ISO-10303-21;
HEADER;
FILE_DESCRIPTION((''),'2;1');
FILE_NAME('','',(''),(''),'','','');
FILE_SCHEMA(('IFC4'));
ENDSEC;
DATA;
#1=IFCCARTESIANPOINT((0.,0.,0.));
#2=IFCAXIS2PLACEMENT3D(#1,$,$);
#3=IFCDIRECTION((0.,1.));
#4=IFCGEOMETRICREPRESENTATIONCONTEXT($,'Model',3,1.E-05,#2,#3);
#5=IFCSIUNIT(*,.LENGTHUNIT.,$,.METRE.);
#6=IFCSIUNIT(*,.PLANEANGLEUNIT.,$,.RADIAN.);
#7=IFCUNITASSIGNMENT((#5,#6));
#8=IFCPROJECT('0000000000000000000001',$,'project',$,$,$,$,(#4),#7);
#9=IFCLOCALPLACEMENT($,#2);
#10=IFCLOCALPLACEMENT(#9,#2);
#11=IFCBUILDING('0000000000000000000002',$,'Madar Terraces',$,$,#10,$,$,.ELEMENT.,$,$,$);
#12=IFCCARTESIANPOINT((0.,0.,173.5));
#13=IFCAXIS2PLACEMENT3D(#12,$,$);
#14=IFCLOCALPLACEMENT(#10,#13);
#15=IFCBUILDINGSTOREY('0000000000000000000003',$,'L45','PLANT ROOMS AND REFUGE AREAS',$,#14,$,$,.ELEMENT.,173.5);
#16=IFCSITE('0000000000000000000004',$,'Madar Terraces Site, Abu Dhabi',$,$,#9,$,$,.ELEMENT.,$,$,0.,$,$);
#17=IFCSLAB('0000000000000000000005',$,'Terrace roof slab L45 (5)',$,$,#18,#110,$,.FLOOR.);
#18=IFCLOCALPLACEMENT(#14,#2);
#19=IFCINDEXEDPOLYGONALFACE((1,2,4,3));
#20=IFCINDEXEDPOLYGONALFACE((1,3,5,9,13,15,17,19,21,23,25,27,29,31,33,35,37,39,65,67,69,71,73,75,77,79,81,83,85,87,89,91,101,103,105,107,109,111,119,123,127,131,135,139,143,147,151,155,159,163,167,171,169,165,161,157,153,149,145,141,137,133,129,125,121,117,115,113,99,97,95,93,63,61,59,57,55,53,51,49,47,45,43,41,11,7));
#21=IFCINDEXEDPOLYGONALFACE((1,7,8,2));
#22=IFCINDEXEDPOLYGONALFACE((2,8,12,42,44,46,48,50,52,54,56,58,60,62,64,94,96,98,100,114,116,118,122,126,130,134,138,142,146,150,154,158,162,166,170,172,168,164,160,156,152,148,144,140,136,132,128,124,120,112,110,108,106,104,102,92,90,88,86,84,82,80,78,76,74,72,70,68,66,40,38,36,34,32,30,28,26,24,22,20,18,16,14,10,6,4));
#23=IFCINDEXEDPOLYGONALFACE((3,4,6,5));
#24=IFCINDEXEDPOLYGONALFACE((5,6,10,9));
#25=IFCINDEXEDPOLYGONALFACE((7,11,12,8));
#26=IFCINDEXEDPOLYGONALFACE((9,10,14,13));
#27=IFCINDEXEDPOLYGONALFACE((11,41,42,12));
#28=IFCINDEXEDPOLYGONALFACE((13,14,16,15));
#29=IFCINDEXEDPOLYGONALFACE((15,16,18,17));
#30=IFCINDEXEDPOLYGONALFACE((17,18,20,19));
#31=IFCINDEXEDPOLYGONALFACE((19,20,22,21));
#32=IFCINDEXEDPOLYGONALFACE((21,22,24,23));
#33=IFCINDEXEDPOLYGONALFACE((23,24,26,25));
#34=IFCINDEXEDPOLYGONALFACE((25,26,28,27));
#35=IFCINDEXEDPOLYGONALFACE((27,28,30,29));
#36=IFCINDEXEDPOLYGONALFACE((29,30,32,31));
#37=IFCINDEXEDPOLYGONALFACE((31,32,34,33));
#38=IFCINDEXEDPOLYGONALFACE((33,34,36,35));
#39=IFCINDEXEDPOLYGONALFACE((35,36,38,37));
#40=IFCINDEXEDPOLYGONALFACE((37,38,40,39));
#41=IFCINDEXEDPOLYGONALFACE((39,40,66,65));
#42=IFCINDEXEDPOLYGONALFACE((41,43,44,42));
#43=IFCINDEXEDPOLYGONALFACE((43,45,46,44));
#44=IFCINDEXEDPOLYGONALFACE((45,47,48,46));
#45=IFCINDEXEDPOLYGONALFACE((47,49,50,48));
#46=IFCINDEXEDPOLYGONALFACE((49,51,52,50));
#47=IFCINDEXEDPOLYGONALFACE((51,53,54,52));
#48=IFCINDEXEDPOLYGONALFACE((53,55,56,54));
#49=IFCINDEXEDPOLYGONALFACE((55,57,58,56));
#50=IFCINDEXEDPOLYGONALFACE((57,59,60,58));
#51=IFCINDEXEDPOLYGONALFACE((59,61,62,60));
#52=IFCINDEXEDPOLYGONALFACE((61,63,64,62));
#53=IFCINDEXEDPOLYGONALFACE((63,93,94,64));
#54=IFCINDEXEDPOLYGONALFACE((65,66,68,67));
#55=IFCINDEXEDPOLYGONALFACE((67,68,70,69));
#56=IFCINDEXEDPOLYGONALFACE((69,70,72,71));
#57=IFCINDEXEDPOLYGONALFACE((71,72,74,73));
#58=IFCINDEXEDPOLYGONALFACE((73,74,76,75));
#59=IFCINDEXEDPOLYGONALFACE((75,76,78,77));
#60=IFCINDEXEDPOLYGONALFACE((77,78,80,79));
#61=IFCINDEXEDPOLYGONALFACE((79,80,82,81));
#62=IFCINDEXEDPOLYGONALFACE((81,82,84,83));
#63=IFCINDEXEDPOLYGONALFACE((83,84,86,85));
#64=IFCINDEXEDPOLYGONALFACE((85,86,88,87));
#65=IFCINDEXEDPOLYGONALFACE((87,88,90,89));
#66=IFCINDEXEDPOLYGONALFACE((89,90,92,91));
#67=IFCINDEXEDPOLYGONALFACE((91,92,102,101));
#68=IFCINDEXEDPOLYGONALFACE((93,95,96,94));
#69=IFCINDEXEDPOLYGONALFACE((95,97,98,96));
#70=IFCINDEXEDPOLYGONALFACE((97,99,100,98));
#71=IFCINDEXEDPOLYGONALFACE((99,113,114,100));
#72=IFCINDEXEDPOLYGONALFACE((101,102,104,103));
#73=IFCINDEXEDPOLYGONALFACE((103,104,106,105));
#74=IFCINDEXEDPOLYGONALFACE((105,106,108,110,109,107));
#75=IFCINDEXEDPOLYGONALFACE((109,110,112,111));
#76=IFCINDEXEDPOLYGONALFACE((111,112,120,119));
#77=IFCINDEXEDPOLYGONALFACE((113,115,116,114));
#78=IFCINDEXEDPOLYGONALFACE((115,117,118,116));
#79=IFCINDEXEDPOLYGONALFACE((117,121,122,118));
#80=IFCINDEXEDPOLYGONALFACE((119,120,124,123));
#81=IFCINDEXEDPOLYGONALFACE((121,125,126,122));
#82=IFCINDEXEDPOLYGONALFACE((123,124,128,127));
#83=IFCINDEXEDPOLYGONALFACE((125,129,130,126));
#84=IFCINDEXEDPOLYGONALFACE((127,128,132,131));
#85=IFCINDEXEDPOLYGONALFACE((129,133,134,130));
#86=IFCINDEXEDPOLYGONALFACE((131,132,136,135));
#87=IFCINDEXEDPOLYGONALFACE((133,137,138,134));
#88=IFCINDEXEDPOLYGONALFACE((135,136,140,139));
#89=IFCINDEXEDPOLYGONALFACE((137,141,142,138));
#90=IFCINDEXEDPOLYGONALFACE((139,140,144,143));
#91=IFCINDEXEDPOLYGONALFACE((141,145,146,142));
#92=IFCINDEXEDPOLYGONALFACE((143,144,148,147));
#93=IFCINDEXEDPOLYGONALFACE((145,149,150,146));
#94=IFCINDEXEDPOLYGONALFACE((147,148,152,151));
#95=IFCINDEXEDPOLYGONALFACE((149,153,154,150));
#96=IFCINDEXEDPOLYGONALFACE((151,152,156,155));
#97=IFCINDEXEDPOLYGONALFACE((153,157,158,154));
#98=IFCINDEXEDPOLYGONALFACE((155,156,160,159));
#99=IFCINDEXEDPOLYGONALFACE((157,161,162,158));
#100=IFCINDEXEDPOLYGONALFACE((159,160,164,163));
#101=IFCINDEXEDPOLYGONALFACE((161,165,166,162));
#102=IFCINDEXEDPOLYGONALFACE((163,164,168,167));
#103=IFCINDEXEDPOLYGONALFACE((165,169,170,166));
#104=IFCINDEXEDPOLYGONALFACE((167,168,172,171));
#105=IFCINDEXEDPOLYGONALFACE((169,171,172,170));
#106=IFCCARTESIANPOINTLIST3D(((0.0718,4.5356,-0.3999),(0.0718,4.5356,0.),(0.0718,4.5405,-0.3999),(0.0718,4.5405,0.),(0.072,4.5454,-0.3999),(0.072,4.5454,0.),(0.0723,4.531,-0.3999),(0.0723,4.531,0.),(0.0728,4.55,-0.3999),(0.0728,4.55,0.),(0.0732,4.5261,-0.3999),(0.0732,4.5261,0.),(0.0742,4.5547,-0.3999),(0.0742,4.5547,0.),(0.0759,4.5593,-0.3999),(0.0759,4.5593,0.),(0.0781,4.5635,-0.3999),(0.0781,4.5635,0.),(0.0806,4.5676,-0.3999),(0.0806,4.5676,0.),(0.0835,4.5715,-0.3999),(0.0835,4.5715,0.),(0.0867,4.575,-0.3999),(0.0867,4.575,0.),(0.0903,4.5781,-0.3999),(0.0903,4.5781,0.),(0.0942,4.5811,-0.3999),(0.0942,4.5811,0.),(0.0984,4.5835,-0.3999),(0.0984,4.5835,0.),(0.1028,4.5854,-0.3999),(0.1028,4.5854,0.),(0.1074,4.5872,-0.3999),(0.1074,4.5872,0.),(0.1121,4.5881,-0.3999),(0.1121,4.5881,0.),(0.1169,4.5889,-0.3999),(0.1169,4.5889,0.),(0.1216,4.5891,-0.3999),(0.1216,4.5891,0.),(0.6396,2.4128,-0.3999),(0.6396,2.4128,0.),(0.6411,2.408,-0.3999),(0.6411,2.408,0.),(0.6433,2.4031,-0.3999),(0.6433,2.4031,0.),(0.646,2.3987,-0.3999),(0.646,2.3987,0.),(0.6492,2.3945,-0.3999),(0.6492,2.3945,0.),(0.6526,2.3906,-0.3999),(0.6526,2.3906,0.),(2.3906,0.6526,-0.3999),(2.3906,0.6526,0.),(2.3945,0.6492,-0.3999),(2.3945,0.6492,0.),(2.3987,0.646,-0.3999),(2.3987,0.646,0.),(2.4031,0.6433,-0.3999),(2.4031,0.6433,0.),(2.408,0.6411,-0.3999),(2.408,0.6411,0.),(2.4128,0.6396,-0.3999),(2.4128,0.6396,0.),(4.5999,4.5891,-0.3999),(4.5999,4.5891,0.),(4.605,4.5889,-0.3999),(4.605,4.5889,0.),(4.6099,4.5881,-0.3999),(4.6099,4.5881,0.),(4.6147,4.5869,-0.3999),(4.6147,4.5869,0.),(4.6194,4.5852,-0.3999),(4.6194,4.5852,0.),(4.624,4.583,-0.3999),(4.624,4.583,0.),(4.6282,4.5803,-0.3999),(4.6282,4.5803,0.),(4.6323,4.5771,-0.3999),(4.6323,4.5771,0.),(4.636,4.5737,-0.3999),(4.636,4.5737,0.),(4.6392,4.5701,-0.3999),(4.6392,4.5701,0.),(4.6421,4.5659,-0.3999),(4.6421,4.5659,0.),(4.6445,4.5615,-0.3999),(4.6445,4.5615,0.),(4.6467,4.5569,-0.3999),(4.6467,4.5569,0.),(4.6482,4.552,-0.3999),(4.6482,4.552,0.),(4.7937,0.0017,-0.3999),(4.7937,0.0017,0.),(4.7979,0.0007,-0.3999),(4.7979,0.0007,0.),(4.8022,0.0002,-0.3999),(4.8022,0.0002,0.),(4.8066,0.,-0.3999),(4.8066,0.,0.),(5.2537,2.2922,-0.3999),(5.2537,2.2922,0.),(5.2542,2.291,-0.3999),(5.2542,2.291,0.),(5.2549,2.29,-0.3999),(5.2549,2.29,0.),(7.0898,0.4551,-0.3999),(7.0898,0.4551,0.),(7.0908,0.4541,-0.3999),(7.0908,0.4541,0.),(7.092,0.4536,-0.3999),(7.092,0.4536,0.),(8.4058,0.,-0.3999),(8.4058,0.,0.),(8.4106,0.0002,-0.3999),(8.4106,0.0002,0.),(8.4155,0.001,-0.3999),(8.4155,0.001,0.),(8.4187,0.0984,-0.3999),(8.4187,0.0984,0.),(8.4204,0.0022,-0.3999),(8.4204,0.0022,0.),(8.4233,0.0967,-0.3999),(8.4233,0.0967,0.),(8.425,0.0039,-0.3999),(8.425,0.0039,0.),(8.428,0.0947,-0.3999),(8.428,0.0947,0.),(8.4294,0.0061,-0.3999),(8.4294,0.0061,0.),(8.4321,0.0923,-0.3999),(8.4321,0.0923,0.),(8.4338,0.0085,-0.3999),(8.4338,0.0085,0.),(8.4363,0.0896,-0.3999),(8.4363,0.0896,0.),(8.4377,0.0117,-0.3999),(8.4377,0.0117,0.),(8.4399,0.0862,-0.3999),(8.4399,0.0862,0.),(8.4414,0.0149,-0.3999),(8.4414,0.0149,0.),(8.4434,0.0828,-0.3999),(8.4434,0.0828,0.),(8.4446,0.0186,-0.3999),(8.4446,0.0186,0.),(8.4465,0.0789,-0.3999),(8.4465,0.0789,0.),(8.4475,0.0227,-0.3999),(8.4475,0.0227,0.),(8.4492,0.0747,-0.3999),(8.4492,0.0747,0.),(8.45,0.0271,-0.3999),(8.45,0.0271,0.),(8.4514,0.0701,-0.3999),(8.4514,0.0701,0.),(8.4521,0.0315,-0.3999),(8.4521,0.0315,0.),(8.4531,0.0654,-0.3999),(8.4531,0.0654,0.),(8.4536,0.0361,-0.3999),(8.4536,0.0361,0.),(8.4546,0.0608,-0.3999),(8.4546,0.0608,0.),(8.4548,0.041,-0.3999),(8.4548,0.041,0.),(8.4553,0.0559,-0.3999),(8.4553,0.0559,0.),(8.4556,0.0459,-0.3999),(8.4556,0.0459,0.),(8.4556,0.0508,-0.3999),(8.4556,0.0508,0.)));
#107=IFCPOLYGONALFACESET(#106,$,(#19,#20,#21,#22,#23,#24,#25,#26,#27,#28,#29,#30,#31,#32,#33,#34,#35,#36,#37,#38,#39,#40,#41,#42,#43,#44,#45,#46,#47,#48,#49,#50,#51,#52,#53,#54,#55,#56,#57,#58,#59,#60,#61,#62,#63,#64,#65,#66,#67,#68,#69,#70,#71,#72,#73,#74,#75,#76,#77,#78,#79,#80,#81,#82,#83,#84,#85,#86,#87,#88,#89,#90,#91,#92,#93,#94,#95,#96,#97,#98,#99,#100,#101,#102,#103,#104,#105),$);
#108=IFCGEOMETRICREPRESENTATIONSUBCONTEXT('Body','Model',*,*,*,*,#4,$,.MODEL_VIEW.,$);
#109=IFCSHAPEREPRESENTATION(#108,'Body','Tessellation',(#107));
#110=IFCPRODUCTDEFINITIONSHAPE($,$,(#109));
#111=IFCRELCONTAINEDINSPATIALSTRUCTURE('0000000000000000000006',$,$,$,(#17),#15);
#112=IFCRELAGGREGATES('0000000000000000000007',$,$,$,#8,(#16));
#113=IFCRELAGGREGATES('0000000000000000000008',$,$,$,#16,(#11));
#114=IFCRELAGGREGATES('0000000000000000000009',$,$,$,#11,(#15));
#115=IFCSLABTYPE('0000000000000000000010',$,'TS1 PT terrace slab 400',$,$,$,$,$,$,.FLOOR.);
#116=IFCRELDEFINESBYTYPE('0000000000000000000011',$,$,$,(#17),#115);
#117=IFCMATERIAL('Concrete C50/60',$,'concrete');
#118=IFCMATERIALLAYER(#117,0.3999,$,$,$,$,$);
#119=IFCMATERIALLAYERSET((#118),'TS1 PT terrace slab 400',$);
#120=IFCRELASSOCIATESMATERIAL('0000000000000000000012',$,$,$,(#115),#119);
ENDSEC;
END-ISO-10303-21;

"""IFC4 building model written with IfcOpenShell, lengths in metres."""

from ifc_helpers import new_model, si_unit, direction, frame, origin, place, context, subcontext, project, spatial, polyline, outline, extrude, material, layer, layer_set, type_object, element, save


model = new_model("IFC4")

# Units and contexts
model_context = context("Model", 3, precision=1e-05, world=origin(), true_north=direction((0.0, 1.0)))
body_context = subcontext(model_context, "Body", "Model", "MODEL_VIEW")
ifc_project = project(units=[si_unit("LENGTHUNIT", "METRE"), si_unit("PLANEANGLEUNIT", "RADIAN")], contexts=[model_context])

# Site, building, storey
site_placement = place(None, origin())
site = spatial("IfcSite", under=ifc_project, at=site_placement, Name="Madar Terraces Site, Abu Dhabi", CompositionType="ELEMENT", RefElevation=0.0)
building_placement = place(site_placement, origin())
building = spatial("IfcBuilding", under=site, at=building_placement, Name="Madar Terraces", CompositionType="ELEMENT")
storey_placement = place(building_placement, frame((0.0, 0.0, 173.5)))
storey = spatial("IfcBuildingStorey", under=building, at=storey_placement, Name="L45", Description="PLANT ROOMS AND REFUGE AREAS", CompositionType="ELEMENT", Elevation=173.5)

# Slab
ifc_material_1 = material(Name="Concrete C50/60", Category="concrete")
ifc_layer_1 = layer(ifc_material_1, 0.3999)
ifc_layer_set_1 = layer_set([ifc_layer_1], Name="TS1 PT terrace slab 400")
slab_type_1 = type_object("IfcSlabType", Name="TS1 PT terrace slab 400", PredefinedType="FLOOR", material=ifc_layer_set_1)
slab_1_placement = place(storey_placement, frame((0.0, 0.0, -0.3999)))
element("IfcSlab", 1, at=slab_1_placement, inside=storey, type_object=slab_type_1, Name="Terrace roof slab L45 (5)", PredefinedType="FLOOR", context=body_context, shape_type="SweptSolid", body=[
    extrude(outline(polyline([(2.408, 0.6411), (2.4128, 0.6396), (4.7937, 0.0017), (4.7979, 0.0007), (4.8022, 0.0002), (4.8066, 0.0), (8.4058, 0.0), (8.4106, 0.0002), (8.4155, 0.001), (8.4204, 0.0022), (8.425, 0.0039), (8.4294, 0.0061), (8.4338, 0.0085), (8.4377, 0.0117), (8.4414, 0.0149), (8.4446, 0.0186), (8.4475, 0.0227), (8.45, 0.0271), (8.4521, 0.0315), (8.4536, 0.0361), (8.4548, 0.041), (8.4556, 0.0459), (8.4556, 0.0508), (8.4553, 0.0559), (8.4546, 0.0608), (8.4531, 0.0654), (8.4514, 0.0701), (8.4492, 0.0747), (8.4465, 0.0789), (8.4434, 0.0828), (8.4399, 0.0862), (8.4363, 0.0896), (8.4321, 0.0923), (8.428, 0.0947), (8.4233, 0.0967), (8.4187, 0.0984), (7.092, 0.4536), (7.0908, 0.4541), (7.0898, 0.4551), (5.2549, 2.29), (5.2542, 2.291), (5.2537, 2.2922), (4.6482, 4.552), (4.6467, 4.5569), (4.6445, 4.5615), (4.6421, 4.5659), (4.6392, 4.5701), (4.636, 4.5737), (4.6323, 4.5771), (4.6282, 4.5803), (4.624, 4.583), (4.6194, 4.5852), (4.6147, 4.5869), (4.6099, 4.5881), (4.605, 4.5889), (4.5999, 4.5891), (0.1216, 4.5891), (0.1169, 4.5889), (0.1121, 4.5881), (0.1074, 4.5872), (0.1028, 4.5854), (0.0984, 4.5835), (0.0942, 4.5811), (0.0903, 4.5781), (0.0867, 4.575), (0.0835, 4.5715), (0.0806, 4.5676), (0.0781, 4.5635), (0.0759, 4.5593), (0.0742, 4.5547), (0.0728, 4.55), (0.072, 4.5454), (0.0718, 4.5405), (0.0718, 4.5356), (0.0723, 4.531), (0.0732, 4.5261), (0.6396, 2.4128), (0.6411, 2.408), (0.6433, 2.4031), (0.646, 2.3987), (0.6492, 2.3945), (0.6526, 2.3906), (2.3906, 0.6526), (2.3945, 0.6492), (2.3987, 0.646), (2.4031, 0.6433), (2.408, 0.6411)])), origin(), (0.0, 0.0, 1.0), 0.3999),
])

save(model, "model.ifc")
